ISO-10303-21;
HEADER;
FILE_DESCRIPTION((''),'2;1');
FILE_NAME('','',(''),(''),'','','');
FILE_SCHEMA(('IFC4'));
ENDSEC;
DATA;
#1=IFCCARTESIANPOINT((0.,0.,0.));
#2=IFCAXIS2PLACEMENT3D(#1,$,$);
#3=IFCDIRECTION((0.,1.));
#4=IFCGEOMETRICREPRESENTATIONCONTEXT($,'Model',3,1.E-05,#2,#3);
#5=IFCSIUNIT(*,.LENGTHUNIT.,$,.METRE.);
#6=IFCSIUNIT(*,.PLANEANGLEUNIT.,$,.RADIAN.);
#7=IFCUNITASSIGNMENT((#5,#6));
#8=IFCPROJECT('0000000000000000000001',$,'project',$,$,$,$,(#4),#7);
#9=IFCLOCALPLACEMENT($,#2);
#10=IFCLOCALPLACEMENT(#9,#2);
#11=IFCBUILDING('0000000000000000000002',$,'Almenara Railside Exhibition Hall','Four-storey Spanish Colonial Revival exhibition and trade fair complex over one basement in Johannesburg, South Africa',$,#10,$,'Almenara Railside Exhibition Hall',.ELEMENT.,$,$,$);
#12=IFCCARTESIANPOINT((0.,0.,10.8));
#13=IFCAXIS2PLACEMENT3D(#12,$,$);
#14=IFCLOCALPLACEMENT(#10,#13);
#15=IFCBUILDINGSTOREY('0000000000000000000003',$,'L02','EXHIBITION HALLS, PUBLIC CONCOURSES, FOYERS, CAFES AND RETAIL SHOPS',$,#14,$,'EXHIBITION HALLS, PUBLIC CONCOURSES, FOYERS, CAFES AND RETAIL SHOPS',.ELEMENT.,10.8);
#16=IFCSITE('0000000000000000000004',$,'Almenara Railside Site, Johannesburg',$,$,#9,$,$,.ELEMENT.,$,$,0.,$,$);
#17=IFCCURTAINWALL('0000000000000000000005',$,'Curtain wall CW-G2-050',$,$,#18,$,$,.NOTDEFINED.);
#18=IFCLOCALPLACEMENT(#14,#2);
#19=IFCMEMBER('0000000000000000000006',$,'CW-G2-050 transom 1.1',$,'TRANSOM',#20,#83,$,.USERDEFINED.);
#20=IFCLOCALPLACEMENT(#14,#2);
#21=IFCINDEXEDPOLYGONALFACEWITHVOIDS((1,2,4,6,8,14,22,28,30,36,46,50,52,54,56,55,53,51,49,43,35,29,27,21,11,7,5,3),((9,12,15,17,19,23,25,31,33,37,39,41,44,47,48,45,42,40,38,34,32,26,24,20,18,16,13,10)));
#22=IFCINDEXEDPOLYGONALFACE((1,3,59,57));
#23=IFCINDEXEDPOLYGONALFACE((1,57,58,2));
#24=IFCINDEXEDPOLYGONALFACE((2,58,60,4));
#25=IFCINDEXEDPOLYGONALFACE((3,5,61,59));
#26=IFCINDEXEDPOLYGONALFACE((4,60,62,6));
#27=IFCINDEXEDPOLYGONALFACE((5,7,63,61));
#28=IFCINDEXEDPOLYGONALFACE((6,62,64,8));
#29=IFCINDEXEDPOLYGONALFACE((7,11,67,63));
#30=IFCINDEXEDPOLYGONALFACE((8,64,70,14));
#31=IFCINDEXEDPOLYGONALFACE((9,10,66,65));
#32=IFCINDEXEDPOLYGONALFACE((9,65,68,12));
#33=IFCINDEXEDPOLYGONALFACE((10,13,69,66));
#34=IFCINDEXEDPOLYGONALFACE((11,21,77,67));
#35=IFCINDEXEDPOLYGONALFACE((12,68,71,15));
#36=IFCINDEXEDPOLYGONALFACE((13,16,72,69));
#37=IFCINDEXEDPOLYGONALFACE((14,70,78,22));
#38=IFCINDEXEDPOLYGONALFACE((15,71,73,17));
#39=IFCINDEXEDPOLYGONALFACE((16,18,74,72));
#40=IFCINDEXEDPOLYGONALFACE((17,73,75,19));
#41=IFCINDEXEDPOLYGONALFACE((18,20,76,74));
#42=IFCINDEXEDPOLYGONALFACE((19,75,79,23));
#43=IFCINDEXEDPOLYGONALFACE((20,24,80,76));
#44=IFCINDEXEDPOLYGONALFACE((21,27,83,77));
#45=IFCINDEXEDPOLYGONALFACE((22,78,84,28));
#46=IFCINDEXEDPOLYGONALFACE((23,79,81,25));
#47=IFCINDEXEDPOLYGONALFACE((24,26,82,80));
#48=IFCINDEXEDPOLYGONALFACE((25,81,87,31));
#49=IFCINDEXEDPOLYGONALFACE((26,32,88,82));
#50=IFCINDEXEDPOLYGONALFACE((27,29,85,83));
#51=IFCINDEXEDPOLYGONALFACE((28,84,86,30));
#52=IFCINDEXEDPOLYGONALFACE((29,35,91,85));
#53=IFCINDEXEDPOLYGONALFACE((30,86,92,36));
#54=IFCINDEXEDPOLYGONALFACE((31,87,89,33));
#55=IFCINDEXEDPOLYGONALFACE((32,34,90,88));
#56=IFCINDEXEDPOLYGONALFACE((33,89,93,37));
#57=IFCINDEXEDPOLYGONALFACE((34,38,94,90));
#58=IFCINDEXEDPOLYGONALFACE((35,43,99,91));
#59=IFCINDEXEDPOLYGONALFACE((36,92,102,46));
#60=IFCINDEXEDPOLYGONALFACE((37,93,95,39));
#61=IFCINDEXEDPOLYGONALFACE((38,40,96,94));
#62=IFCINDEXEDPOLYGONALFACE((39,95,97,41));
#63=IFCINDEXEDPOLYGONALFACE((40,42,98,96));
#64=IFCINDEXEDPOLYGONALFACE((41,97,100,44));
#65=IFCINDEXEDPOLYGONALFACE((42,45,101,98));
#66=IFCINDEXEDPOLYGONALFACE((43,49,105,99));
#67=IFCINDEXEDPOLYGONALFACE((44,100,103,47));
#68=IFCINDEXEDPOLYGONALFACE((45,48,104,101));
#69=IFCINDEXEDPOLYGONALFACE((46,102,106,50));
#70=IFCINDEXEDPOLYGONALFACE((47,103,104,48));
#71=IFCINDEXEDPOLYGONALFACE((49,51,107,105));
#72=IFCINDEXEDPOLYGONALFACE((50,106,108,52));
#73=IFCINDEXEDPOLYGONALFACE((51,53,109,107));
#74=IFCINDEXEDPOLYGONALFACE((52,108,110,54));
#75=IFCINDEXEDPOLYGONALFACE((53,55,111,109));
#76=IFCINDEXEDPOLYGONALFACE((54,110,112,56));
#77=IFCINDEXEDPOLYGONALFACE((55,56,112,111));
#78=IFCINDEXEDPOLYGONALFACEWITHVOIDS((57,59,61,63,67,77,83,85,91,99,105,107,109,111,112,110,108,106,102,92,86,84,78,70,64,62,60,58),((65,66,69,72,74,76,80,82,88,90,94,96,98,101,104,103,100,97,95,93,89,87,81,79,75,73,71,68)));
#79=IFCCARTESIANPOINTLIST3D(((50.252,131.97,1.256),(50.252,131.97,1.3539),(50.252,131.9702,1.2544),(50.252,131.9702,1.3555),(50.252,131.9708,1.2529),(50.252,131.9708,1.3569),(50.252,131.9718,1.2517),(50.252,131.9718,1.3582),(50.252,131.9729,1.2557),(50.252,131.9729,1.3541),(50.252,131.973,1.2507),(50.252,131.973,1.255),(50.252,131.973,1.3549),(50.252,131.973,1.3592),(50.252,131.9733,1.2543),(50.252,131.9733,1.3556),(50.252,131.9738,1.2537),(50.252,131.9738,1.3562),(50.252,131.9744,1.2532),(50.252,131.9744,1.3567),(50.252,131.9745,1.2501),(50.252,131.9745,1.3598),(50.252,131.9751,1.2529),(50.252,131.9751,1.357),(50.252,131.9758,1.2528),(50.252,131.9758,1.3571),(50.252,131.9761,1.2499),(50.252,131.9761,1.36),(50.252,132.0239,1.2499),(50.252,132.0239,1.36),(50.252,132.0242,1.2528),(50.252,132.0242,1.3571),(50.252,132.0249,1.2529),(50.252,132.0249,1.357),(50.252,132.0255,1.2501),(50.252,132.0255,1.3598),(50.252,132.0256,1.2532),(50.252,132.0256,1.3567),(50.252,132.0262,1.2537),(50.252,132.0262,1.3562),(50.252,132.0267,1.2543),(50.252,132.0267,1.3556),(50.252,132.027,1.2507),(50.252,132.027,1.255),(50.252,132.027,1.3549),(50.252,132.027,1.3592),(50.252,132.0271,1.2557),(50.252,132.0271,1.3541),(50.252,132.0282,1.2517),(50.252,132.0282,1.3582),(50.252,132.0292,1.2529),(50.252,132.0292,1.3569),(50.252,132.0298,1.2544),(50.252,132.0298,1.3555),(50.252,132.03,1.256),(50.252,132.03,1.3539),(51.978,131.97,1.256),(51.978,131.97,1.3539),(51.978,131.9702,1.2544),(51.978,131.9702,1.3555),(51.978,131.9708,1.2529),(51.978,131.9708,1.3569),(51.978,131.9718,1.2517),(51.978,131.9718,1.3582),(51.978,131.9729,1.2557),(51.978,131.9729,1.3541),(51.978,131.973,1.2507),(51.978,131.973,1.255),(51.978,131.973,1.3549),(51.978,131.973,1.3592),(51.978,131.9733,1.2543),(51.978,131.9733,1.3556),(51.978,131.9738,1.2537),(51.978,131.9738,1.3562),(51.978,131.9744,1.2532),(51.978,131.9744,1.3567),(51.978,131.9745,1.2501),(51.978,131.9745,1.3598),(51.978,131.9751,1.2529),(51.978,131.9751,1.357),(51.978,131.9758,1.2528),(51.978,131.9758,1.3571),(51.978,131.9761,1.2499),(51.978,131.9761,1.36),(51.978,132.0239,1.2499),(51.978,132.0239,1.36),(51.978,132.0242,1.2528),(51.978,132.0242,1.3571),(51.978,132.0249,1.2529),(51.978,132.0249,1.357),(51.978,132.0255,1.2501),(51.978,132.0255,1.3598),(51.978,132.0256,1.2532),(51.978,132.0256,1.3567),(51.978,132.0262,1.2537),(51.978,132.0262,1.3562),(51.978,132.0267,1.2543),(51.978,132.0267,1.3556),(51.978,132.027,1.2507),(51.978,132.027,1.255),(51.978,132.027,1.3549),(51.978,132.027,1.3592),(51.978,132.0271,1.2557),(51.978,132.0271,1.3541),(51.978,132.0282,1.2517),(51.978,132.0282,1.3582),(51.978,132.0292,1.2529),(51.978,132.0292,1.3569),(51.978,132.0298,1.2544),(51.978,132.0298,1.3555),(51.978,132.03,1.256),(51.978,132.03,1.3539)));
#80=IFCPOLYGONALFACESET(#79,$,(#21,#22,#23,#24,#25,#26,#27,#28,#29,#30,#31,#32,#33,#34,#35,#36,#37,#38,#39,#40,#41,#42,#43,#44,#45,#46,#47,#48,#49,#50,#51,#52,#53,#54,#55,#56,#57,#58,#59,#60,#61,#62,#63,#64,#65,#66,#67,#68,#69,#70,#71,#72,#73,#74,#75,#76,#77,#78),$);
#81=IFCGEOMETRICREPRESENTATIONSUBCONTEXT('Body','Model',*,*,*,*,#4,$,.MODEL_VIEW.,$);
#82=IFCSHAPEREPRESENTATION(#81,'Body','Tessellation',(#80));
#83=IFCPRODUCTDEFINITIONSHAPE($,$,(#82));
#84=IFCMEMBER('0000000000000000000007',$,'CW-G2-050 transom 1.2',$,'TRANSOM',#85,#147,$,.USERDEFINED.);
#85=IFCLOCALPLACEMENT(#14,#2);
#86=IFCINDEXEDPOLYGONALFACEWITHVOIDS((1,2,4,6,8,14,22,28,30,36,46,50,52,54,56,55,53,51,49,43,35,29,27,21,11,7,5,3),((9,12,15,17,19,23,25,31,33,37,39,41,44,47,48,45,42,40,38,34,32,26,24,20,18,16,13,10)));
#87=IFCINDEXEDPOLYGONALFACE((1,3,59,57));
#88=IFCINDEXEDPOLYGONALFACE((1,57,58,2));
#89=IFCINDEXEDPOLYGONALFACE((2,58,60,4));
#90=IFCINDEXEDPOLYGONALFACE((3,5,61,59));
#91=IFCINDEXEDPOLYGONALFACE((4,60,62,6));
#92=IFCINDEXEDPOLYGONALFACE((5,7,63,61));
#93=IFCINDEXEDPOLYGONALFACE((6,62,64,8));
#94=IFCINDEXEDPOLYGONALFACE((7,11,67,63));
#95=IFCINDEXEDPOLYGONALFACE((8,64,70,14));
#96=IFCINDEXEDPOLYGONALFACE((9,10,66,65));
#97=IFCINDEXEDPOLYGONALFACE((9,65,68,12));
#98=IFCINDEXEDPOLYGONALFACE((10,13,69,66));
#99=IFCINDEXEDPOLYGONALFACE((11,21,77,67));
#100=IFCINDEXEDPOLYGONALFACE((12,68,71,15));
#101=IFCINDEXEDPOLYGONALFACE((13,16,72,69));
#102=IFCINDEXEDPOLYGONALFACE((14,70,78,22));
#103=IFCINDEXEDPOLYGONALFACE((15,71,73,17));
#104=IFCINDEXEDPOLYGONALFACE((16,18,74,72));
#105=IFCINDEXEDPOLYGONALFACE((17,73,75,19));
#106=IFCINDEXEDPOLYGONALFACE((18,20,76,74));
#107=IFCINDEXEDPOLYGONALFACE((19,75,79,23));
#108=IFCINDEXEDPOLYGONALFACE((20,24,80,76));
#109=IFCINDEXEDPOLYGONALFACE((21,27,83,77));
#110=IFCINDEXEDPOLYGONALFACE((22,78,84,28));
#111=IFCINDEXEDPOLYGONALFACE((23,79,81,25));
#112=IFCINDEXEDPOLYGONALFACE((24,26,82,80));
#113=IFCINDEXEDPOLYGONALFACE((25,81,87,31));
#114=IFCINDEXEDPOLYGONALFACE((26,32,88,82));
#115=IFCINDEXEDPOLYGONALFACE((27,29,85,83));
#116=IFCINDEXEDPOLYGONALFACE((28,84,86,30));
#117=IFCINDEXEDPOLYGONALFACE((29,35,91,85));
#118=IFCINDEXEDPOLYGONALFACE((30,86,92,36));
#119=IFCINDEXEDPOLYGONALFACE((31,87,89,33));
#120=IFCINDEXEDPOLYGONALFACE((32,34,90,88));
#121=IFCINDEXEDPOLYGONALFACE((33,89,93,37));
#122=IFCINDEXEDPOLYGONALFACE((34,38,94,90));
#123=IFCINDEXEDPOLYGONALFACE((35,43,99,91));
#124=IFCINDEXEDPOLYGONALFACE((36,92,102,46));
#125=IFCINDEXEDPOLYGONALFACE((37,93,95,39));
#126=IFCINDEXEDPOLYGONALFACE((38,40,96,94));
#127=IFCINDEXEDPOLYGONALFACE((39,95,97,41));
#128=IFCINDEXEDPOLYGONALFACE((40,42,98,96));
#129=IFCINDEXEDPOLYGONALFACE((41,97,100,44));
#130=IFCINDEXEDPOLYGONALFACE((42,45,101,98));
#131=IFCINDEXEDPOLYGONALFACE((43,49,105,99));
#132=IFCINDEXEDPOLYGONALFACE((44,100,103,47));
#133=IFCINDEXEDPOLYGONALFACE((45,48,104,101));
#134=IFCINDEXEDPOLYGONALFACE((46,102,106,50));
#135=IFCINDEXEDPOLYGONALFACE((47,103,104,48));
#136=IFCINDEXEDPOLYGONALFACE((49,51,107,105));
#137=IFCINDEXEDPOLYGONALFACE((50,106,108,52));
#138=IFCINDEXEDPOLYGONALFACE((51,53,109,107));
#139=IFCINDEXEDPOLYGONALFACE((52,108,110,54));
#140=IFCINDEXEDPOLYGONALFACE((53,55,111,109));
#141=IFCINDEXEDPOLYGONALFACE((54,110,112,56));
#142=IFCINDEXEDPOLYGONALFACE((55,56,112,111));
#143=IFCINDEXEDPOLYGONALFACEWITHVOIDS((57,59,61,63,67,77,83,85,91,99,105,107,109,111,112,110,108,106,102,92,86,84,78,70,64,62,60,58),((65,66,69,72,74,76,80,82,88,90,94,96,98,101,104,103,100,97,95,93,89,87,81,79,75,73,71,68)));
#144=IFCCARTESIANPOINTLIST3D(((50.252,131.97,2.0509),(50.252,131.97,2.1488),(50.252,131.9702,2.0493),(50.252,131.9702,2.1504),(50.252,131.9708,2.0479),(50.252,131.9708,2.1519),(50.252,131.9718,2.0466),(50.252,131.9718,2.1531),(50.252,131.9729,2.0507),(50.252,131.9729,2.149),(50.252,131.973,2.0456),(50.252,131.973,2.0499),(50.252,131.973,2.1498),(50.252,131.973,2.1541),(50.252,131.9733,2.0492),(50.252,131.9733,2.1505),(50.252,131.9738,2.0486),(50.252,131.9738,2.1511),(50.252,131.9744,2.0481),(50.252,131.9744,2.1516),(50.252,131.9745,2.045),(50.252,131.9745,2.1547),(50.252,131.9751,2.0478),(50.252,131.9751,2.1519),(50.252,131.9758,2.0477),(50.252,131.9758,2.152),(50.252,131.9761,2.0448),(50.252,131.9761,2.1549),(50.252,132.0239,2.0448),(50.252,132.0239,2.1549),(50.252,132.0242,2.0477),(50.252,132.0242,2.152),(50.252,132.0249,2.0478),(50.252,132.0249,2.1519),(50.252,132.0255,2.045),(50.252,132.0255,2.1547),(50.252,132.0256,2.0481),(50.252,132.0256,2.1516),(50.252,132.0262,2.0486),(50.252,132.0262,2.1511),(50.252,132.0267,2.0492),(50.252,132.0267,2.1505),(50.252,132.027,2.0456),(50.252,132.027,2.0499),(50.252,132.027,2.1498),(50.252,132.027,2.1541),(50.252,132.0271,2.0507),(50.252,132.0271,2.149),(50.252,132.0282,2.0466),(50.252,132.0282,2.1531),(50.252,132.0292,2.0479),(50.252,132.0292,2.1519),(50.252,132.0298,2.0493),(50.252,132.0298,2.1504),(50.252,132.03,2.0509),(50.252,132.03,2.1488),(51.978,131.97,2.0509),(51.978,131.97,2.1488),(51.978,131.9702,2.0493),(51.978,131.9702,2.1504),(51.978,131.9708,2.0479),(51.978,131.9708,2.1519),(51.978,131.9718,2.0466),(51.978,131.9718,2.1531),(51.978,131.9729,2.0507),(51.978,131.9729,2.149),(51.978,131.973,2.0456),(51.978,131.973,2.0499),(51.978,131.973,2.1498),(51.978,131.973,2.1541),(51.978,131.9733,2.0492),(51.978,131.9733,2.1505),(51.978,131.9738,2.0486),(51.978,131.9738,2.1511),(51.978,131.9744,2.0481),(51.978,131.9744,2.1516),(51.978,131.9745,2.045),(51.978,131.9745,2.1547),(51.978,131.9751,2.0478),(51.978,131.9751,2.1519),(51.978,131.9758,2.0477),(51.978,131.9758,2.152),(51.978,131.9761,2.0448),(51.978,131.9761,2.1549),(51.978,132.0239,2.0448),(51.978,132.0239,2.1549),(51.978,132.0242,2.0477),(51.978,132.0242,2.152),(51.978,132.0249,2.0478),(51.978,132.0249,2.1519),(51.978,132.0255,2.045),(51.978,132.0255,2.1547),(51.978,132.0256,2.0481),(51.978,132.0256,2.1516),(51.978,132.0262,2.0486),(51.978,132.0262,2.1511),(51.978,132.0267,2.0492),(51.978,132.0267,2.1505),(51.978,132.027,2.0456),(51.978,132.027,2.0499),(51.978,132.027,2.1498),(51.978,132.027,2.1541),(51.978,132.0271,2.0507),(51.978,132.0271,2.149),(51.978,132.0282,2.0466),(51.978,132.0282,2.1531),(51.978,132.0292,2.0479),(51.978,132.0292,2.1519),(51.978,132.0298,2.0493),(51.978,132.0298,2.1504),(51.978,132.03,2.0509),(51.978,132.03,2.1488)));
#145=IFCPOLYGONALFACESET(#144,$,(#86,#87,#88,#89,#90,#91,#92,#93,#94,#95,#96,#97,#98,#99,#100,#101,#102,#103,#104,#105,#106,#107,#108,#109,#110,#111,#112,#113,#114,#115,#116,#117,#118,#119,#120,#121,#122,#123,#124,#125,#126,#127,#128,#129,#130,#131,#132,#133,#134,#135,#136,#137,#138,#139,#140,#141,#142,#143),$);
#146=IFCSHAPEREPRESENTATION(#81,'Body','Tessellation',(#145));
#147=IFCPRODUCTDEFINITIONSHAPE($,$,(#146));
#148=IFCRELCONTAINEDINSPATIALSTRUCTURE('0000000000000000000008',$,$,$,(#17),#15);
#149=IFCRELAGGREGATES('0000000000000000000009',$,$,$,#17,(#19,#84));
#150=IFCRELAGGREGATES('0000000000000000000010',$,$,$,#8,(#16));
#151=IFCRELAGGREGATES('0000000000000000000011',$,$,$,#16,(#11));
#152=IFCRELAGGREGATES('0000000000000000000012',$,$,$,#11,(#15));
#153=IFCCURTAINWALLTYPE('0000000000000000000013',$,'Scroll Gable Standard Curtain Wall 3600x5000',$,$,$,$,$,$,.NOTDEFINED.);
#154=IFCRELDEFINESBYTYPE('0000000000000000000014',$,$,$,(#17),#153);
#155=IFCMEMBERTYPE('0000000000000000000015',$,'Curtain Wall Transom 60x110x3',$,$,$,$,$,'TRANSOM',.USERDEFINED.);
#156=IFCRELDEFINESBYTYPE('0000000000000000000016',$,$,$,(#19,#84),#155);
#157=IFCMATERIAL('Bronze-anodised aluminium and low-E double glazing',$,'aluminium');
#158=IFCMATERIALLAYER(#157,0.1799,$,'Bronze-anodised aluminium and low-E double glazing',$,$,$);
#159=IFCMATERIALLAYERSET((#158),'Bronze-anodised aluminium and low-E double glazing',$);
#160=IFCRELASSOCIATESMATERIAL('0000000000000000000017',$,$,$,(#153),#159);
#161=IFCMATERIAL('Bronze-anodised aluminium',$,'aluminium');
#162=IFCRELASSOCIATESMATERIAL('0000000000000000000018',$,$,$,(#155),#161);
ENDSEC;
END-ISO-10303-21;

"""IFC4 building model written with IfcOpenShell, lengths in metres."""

from ifc_helpers import new_model, si_unit, direction, frame, origin, origin_2d, place, context, subcontext, project, spatial, hollow_rectangle, extrude, material, layer, layer_set, material_profile, profile_set, type_object, element, aggregate, save


model = new_model("IFC4")

# Units and contexts
model_context = context("Model", 3, precision=1e-05, world=origin(), true_north=direction((0.0, 1.0)))
body_context = subcontext(model_context, "Body", "Model", "MODEL_VIEW")
ifc_project = project(units=[si_unit("LENGTHUNIT", "METRE"), si_unit("PLANEANGLEUNIT", "RADIAN")], contexts=[model_context])

# Site, building, storey
site_placement = place(None, origin())
site = spatial("IfcSite", under=ifc_project, at=site_placement, Name="Almenara Railside Site, Johannesburg", CompositionType="ELEMENT", RefElevation=0.0)
building_placement = place(site_placement, origin())
building = spatial("IfcBuilding", under=site, at=building_placement, Name="Almenara Railside Exhibition Hall", Description="Four-storey Spanish Colonial Revival exhibition and trade fair complex over one basement in Johannesburg, South Africa", LongName="Almenara Railside Exhibition Hall", CompositionType="ELEMENT")
storey_placement = place(building_placement, frame((0.0, 0.0, 10.8)))
storey = spatial("IfcBuildingStorey", under=building, at=storey_placement, Name="L02", Description="EXHIBITION HALLS, PUBLIC CONCOURSES, FOYERS, CAFES AND RETAIL SHOPS", LongName="EXHIBITION HALLS, PUBLIC CONCOURSES, FOYERS, CAFES AND RETAIL SHOPS", CompositionType="ELEMENT", Elevation=10.8)

# Curtain wall
ifc_material_1 = material(Name="Bronze-anodised aluminium and low-E double glazing", Category="aluminium")
ifc_layer_1 = layer(ifc_material_1, 0.1799, Name="Bronze-anodised aluminium and low-E double glazing")
ifc_layer_set_1 = layer_set([ifc_layer_1], Name="Bronze-anodised aluminium and low-E double glazing")
curtain_wall_type_1 = type_object("IfcCurtainWallType", Name="Scroll Gable Standard Curtain Wall 3600x5000", PredefinedType="NOTDEFINED", material=ifc_layer_set_1)
curtain_wall_1_placement = place(storey_placement, origin())
curtain_wall_1 = element("IfcCurtainWall", 1, at=curtain_wall_1_placement, inside=storey, type_object=curtain_wall_type_1, Name="Curtain wall CW-G2-050", PredefinedType="NOTDEFINED")
ifc_material_2 = material(Name="Bronze-anodised aluminium", Category="aluminium")

# Members
ifc_material_profile_1 = material_profile(ifc_material_2, hollow_rectangle(XDim=0.0601, YDim=0.1101, WallThickness=0.0029, InnerFilletRadius=0.0029, OuterFilletRadius=0.0061, at=origin_2d()), Name="ALU-TRN 60x110x3")
ifc_profile_set_1 = profile_set([ifc_material_profile_1], Name="Bronze-anodised aluminium")
member_type_1 = type_object("IfcMemberType", Name="Curtain Wall Transom 60x110x3", ElementType="TRANSOM", PredefinedType="USERDEFINED", material=ifc_profile_set_1)
member_1_placement = place(storey_placement, frame((50.252, 132.0, 1.3049), z_axis=(1.0, 0.0, 0.0), x_axis=(0.0, 1.0, 0.0)))
member_1 = element("IfcMember", 2, at=member_1_placement, type_object=member_type_1, Name="CW-G2-050 transom 1.1", ObjectType="TRANSOM", PredefinedType="USERDEFINED", context=body_context, shape_type="SweptSolid", body=[
    extrude(hollow_rectangle(XDim=0.0601, YDim=0.1101, WallThickness=0.0029, InnerFilletRadius=0.0029, OuterFilletRadius=0.0061, at=origin_2d()), origin(), (0.0, 0.0, 1.0), 1.7261),
])
member_2_placement = place(storey_placement, frame((50.252, 132.0, 2.0999), z_axis=(1.0, 0.0, 0.0), x_axis=(0.0, 1.0, 0.0)))
member_2 = element("IfcMember", 3, at=member_2_placement, type_object=member_type_1, Name="CW-G2-050 transom 1.2", ObjectType="TRANSOM", PredefinedType="USERDEFINED", context=body_context, shape_type="SweptSolid", body=[
    extrude(hollow_rectangle(XDim=0.0601, YDim=0.1101, WallThickness=0.0029, InnerFilletRadius=0.0029, OuterFilletRadius=0.0061, at=origin_2d()), origin(), (0.0, 0.0, 1.0), 1.7261),
])

aggregate(curtain_wall_1, [member_1, member_2])

save(model, "model.ifc")
